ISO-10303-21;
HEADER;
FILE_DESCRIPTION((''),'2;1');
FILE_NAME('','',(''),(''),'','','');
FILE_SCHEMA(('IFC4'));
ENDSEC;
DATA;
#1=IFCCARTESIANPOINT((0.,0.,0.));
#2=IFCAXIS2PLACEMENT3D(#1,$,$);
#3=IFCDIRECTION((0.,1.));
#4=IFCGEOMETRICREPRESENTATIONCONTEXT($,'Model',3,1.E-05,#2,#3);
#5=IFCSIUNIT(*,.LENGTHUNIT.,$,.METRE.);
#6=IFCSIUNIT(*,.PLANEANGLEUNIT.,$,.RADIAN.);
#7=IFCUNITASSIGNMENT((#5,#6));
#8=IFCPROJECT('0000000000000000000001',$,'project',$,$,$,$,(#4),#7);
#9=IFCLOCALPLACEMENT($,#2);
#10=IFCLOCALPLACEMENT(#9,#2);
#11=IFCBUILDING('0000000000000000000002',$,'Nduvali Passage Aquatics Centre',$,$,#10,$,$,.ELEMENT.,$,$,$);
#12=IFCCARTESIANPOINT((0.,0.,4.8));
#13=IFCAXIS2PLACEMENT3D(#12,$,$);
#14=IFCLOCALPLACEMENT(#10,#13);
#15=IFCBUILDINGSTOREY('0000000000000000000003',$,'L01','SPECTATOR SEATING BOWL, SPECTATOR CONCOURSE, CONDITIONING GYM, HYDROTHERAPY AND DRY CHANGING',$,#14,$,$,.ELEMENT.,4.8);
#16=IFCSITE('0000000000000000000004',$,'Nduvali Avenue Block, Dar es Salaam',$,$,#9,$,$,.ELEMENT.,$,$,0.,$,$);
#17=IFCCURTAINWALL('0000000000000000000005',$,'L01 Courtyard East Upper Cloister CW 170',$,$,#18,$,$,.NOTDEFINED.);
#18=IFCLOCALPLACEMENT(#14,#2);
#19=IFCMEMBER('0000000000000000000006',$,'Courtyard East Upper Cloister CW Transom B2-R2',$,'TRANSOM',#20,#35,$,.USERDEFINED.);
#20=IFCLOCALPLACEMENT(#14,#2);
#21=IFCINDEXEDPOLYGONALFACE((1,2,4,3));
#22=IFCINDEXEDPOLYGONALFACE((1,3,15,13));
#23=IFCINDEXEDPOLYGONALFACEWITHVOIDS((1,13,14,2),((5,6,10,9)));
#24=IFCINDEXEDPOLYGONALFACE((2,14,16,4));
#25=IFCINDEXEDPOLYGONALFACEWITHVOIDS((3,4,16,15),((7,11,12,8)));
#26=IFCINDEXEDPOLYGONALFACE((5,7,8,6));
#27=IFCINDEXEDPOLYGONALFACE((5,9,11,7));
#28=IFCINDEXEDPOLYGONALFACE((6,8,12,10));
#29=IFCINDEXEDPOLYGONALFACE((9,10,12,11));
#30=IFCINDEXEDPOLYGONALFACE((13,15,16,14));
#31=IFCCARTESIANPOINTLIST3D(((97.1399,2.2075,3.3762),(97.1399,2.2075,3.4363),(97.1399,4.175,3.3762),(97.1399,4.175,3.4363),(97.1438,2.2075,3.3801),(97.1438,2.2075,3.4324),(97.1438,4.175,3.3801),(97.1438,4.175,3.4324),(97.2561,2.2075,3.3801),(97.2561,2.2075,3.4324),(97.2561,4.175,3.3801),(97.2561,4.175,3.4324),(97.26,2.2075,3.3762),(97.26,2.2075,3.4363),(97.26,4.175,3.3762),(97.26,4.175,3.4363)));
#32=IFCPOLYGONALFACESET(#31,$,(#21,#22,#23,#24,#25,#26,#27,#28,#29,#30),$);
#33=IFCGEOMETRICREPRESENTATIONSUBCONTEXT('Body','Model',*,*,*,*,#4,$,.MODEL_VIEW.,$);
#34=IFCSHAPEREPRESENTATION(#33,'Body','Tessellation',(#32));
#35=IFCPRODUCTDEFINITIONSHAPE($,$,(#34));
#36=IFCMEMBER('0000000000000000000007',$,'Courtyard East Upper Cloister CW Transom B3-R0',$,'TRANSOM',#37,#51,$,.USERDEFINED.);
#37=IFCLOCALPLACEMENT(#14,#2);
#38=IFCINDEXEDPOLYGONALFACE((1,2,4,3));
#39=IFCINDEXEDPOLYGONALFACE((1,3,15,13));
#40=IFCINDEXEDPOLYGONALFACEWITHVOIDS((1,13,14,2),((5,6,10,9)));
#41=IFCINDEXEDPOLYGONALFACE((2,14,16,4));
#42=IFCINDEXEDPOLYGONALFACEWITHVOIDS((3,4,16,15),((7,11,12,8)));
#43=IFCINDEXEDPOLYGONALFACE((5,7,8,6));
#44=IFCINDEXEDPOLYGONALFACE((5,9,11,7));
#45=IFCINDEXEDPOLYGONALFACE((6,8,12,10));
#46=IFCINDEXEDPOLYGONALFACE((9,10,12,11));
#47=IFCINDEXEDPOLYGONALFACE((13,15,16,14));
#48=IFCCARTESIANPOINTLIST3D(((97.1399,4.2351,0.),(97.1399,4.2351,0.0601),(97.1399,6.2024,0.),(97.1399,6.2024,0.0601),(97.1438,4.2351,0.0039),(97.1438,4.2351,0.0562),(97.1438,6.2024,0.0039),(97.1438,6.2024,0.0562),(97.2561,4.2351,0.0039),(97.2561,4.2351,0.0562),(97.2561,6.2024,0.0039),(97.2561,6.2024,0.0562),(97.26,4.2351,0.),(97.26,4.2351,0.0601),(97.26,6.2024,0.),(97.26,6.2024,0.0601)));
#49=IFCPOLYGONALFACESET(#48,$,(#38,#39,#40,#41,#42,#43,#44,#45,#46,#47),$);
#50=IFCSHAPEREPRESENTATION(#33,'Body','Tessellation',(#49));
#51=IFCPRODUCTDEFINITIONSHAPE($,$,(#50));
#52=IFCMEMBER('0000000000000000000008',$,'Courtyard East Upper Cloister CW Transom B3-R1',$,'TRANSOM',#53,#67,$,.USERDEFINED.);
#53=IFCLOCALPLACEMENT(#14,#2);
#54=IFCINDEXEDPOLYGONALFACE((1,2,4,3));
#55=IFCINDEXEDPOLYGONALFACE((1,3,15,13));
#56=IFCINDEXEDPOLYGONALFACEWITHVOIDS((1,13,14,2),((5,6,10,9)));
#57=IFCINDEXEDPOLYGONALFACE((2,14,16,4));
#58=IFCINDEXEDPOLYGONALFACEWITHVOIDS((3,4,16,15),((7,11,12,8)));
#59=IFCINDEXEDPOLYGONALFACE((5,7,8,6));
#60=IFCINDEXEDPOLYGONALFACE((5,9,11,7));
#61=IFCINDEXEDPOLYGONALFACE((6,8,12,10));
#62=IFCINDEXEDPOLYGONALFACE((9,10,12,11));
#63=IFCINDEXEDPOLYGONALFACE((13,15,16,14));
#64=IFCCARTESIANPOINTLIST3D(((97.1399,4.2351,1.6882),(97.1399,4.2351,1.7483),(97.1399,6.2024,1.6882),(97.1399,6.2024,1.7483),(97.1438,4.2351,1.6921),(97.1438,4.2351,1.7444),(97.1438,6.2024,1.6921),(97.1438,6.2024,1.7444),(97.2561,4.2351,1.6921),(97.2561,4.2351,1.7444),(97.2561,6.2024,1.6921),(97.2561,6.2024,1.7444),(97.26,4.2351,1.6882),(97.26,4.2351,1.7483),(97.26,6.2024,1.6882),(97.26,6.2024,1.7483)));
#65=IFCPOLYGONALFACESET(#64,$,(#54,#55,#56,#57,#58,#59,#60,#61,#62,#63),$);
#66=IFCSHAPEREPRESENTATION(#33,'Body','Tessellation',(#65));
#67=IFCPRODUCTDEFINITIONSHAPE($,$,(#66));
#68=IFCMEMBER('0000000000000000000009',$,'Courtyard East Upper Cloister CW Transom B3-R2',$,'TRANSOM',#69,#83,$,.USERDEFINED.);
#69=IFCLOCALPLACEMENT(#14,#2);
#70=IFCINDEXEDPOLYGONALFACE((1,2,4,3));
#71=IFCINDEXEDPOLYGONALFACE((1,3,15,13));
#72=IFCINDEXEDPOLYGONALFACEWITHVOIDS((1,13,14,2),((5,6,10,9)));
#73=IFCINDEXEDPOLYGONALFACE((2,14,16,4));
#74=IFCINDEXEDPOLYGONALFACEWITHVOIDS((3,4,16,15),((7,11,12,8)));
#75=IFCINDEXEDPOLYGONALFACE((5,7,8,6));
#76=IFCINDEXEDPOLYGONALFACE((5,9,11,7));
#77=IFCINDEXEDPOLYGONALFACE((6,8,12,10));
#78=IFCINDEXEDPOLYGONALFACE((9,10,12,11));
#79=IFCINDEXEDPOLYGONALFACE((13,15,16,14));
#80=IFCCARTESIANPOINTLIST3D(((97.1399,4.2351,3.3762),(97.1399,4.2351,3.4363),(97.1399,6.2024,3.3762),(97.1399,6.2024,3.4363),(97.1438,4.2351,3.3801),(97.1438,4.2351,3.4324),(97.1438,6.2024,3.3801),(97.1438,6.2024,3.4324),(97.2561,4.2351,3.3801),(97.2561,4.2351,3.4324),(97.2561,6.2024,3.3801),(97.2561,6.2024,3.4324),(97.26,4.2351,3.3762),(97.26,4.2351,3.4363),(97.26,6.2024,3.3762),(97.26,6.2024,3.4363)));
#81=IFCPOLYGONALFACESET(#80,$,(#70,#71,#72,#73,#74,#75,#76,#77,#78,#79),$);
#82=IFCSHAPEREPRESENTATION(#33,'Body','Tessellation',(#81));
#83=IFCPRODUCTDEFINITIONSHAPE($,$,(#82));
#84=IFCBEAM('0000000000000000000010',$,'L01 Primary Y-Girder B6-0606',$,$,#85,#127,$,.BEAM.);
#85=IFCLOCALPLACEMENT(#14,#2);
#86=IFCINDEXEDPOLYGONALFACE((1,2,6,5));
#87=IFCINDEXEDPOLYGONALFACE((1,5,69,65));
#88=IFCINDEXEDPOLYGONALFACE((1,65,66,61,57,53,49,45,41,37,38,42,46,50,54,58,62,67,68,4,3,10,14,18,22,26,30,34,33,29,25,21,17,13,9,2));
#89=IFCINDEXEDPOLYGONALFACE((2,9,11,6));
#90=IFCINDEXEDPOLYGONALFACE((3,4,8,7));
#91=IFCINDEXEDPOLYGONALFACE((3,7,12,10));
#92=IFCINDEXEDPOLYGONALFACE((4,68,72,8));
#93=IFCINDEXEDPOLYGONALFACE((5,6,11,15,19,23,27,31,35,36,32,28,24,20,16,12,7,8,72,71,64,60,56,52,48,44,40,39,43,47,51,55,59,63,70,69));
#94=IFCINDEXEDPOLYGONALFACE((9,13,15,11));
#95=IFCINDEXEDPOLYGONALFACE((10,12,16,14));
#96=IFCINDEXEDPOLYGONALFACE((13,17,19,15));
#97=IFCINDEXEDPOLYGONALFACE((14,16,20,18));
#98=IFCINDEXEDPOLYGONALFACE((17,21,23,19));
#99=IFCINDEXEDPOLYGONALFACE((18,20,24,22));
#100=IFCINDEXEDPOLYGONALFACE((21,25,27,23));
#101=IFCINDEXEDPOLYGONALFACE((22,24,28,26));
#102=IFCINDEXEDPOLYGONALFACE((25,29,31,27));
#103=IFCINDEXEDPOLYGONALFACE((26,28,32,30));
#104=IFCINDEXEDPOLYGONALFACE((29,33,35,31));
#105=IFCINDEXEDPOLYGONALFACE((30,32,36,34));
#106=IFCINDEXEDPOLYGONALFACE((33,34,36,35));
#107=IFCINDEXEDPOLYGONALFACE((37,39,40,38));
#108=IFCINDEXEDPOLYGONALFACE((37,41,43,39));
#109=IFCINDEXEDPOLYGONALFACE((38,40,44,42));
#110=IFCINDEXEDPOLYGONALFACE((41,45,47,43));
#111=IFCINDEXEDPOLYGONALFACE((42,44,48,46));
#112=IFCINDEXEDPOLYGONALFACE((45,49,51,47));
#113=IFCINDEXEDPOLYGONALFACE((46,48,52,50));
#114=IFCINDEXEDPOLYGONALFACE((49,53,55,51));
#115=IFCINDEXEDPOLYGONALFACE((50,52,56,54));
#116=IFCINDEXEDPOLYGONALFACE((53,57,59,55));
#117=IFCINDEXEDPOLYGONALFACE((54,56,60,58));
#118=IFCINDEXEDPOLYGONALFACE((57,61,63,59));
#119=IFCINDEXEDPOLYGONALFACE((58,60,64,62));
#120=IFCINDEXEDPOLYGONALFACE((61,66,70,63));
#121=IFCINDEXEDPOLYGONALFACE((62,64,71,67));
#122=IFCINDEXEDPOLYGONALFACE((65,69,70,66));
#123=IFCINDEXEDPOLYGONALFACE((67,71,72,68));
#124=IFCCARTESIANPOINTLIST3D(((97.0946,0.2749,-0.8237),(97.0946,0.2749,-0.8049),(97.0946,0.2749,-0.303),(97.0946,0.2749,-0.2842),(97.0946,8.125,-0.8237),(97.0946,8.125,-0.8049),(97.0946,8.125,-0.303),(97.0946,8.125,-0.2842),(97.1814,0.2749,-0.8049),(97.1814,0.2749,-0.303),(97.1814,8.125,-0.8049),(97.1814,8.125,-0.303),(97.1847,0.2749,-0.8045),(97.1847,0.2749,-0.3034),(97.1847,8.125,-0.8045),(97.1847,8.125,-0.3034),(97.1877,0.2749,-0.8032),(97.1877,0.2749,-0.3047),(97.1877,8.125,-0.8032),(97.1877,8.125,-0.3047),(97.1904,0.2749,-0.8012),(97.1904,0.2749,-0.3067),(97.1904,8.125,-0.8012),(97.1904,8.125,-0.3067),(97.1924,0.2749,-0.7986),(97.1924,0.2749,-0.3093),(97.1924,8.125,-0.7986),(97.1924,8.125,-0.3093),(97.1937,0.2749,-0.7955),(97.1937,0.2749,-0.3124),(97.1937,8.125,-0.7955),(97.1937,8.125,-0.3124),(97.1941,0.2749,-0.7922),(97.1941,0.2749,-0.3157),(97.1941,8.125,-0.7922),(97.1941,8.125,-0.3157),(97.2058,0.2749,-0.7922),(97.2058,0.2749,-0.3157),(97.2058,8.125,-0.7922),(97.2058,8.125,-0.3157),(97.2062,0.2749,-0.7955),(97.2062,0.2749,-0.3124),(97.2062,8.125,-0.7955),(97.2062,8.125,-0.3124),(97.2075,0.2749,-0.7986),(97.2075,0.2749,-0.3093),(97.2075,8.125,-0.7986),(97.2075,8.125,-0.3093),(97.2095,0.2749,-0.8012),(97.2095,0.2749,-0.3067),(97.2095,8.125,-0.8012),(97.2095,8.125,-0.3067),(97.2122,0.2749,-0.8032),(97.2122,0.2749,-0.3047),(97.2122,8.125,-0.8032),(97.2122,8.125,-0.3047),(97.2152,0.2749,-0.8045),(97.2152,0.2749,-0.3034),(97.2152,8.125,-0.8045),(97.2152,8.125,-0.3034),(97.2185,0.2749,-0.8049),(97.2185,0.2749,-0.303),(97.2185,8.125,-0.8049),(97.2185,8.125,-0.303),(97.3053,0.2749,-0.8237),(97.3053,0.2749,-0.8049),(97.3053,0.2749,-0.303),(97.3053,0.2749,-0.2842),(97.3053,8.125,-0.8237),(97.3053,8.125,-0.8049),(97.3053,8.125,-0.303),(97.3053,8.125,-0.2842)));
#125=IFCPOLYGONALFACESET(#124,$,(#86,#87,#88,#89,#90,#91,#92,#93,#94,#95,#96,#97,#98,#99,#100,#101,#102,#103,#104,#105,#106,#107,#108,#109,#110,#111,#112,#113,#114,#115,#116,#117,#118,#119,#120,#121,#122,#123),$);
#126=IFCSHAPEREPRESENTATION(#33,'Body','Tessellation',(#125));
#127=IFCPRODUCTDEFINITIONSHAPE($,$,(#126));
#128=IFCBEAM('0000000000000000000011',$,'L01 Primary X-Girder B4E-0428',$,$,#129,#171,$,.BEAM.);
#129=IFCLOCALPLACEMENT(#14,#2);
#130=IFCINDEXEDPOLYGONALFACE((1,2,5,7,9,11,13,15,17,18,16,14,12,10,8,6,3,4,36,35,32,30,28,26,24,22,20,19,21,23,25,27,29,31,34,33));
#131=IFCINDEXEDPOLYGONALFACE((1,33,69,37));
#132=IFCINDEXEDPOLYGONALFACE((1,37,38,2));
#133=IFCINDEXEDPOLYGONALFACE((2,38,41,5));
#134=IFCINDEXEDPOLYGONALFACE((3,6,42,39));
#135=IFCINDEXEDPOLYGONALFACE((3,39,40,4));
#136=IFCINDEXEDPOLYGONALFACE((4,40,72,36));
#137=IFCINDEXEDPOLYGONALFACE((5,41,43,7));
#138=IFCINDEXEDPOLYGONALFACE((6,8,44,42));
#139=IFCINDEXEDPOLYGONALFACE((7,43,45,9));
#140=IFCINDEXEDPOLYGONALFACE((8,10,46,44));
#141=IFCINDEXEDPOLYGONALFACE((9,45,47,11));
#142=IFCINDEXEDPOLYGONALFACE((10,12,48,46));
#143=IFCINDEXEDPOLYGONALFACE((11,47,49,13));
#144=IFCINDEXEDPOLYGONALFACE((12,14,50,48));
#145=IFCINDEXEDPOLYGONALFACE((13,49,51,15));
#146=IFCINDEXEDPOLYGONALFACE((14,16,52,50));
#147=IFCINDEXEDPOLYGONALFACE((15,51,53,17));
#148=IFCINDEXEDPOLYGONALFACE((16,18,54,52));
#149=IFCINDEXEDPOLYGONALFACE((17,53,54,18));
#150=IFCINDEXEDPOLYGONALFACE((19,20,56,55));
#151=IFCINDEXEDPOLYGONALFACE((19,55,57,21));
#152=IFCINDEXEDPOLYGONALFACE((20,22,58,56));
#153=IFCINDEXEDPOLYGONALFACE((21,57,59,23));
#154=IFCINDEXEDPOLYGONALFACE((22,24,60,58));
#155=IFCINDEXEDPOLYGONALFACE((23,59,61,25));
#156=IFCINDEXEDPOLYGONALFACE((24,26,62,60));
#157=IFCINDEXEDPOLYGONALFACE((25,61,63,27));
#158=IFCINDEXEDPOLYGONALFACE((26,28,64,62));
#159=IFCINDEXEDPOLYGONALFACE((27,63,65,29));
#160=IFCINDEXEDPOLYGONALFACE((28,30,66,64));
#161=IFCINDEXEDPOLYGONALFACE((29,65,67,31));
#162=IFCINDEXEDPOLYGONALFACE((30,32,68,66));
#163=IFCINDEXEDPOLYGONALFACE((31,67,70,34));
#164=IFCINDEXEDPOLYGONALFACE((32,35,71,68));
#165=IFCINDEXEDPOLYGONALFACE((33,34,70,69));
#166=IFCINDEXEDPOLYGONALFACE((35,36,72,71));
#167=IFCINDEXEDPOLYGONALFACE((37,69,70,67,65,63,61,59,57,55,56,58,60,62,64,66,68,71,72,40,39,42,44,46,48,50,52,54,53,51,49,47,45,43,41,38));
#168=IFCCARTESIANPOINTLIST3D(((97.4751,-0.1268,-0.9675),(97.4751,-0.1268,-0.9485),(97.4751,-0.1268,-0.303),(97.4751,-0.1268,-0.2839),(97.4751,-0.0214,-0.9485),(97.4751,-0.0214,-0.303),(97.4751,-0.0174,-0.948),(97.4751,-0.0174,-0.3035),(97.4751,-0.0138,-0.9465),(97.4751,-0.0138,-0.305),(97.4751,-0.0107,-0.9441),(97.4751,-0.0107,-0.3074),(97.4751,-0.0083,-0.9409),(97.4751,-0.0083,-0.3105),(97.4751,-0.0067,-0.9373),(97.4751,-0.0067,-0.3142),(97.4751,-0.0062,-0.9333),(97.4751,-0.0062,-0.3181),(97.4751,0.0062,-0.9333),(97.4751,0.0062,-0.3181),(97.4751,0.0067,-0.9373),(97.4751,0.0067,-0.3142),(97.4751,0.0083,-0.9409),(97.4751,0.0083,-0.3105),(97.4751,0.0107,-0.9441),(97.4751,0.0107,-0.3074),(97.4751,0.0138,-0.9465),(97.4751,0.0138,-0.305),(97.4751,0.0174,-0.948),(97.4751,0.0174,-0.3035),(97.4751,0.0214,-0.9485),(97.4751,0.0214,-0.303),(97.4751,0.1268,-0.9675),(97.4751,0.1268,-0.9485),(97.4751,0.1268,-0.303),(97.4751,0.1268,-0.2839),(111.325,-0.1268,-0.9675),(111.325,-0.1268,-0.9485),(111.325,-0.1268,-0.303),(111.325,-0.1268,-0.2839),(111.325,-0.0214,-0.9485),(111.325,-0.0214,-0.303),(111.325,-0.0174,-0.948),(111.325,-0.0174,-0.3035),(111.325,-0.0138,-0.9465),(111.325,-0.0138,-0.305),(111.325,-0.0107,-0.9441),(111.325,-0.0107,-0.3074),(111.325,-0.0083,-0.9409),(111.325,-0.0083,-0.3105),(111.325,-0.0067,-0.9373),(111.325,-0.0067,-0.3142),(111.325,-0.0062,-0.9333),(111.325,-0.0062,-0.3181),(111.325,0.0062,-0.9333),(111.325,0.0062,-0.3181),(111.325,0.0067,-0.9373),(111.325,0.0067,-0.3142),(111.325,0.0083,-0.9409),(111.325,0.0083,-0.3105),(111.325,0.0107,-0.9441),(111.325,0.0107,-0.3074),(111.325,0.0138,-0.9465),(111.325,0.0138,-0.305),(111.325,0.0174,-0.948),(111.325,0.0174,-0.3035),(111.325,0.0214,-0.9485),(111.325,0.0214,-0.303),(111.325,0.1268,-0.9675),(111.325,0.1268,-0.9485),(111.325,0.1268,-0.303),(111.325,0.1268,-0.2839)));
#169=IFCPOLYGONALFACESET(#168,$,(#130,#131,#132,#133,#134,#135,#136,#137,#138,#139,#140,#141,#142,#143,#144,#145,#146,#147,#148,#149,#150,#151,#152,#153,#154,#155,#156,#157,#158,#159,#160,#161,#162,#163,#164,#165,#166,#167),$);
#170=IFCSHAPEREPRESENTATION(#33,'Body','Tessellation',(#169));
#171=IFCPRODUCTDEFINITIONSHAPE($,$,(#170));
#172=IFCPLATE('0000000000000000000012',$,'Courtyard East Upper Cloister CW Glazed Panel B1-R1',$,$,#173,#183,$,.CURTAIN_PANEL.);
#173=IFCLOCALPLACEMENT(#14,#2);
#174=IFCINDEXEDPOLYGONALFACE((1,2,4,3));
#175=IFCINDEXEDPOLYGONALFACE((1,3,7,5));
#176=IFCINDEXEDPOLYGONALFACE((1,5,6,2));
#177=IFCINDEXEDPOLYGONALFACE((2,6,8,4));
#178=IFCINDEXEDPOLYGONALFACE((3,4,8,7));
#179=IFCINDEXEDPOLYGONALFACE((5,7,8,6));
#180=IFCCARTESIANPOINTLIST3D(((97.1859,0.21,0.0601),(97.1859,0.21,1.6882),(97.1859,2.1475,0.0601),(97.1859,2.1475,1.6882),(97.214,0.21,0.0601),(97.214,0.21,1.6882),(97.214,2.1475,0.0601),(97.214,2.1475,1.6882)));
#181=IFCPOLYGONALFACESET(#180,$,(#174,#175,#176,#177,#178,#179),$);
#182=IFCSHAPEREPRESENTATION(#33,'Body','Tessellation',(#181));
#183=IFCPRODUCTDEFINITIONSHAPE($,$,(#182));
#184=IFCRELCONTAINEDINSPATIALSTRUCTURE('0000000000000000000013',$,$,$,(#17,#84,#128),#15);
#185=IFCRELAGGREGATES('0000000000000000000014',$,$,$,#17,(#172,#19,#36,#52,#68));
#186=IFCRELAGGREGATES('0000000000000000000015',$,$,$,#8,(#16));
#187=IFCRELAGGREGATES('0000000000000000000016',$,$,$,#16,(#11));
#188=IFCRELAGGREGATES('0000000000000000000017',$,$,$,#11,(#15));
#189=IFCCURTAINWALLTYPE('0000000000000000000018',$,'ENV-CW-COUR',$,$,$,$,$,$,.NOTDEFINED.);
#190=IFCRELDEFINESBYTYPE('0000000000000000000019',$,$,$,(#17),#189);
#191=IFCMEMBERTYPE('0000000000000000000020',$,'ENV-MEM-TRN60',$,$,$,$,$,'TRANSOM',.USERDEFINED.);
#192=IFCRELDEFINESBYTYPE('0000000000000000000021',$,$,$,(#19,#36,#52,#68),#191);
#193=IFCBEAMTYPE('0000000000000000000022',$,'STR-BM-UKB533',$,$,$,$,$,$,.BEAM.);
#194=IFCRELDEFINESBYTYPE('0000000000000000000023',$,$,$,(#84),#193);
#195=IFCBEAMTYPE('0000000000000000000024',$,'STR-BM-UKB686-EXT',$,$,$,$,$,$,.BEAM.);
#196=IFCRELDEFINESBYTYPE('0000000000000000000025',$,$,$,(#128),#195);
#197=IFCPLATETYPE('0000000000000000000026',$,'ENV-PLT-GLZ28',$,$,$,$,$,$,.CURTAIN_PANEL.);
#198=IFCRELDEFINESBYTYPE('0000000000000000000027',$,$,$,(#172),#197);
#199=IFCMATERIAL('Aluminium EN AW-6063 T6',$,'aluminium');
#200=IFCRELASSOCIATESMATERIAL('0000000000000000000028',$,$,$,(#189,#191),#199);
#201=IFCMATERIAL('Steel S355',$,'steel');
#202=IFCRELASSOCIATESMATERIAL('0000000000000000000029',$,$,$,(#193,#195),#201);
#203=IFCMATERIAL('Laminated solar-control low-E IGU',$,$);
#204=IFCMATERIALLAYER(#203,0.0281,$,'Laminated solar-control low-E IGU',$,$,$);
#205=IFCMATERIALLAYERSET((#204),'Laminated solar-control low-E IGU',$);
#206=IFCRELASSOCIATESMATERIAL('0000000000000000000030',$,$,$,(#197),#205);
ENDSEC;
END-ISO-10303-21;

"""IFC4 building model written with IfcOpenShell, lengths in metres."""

from ifc_helpers import new_model, si_unit, direction, frame, origin, origin_2d, place, context, subcontext, project, spatial, rectangle, hollow_rectangle, i_section, extrude, material, layer, layer_set, material_profile, profile_set, type_object, element, aggregate, save


model = new_model("IFC4")

# Units and contexts
model_context = context("Model", 3, precision=1e-05, world=origin(), true_north=direction((0.0, 1.0)))
body_context = subcontext(model_context, "Body", "Model", "MODEL_VIEW")
ifc_project = project(units=[si_unit("LENGTHUNIT", "METRE"), si_unit("PLANEANGLEUNIT", "RADIAN")], contexts=[model_context])

# Site, building, storey
site_placement = place(None, origin())
site = spatial("IfcSite", under=ifc_project, at=site_placement, Name="Nduvali Avenue Block, Dar es Salaam", CompositionType="ELEMENT", RefElevation=0.0)
building_placement = place(site_placement, origin())
building = spatial("IfcBuilding", under=site, at=building_placement, Name="Nduvali Passage Aquatics Centre", CompositionType="ELEMENT")
storey_placement = place(building_placement, frame((0.0, 0.0, 4.8)))
storey = spatial("IfcBuildingStorey", under=building, at=storey_placement, Name="L01", Description="SPECTATOR SEATING BOWL, SPECTATOR CONCOURSE, CONDITIONING GYM, HYDROTHERAPY AND DRY CHANGING", CompositionType="ELEMENT", Elevation=4.8)

# Shared definitions
ifc_material_1 = material(Name="Steel S355", Category="steel")

# Curtain wall, members
ifc_material_2 = material(Name="Aluminium EN AW-6063 T6", Category="aluminium")
curtain_wall_type = type_object("IfcCurtainWallType", Name="ENV-CW-COUR", PredefinedType="NOTDEFINED", material=ifc_material_2)
curtain_wall_placement = place(storey_placement, origin())
curtain_wall = element("IfcCurtainWall", 1, at=curtain_wall_placement, inside=storey, type_object=curtain_wall_type, Name="L01 Courtyard East Upper Cloister CW 170", PredefinedType="NOTDEFINED")
ifc_material_profile_1 = material_profile(ifc_material_2, hollow_rectangle(XDim=0.1201, YDim=0.0601, WallThickness=0.0039, at=origin_2d()), Name="ALU TRANSOM 120x60x4")
ifc_profile_set_1 = profile_set([ifc_material_profile_1], Name="Aluminium EN AW-6063 T6")
member_type_1 = type_object("IfcMemberType", Name="ENV-MEM-TRN60", ElementType="TRANSOM", PredefinedType="USERDEFINED", material=ifc_profile_set_1)
member_1_placement = place(storey_placement, frame((97.2, 2.2075, 3.4062), z_axis=(0.0, 1.0, 0.0), x_axis=(-1.0, 0.0, 0.0)))
member_1 = element("IfcMember", 2, at=member_1_placement, type_object=member_type_1, Name="Courtyard East Upper Cloister CW Transom B2-R2", ObjectType="TRANSOM", PredefinedType="USERDEFINED", context=body_context, shape_type="SweptSolid", body=[
    extrude(hollow_rectangle(XDim=0.1201, YDim=0.0601, WallThickness=0.0039, at=origin_2d()), origin(), (0.0, 0.0, 1.0), 1.9675),
])
member_2_placement = place(storey_placement, frame((97.2, 4.2351, 0.03), z_axis=(0.0, 1.0, 0.0), x_axis=(-1.0, 0.0, 0.0)))
member_2 = element("IfcMember", 3, at=member_2_placement, type_object=member_type_1, Name="Courtyard East Upper Cloister CW Transom B3-R0", ObjectType="TRANSOM", PredefinedType="USERDEFINED", context=body_context, shape_type="SweptSolid", body=[
    extrude(hollow_rectangle(XDim=0.1201, YDim=0.0601, WallThickness=0.0039, at=origin_2d()), origin(), (0.0, 0.0, 1.0), 1.9673),
])
member_3_placement = place(storey_placement, frame((97.2, 4.2351, 1.7183), z_axis=(0.0, 1.0, 0.0), x_axis=(-1.0, 0.0, 0.0)))
member_3 = element("IfcMember", 4, at=member_3_placement, type_object=member_type_1, Name="Courtyard East Upper Cloister CW Transom B3-R1", ObjectType="TRANSOM", PredefinedType="USERDEFINED", context=body_context, shape_type="SweptSolid", body=[
    extrude(hollow_rectangle(XDim=0.1201, YDim=0.0601, WallThickness=0.0039, at=origin_2d()), origin(), (0.0, 0.0, 1.0), 1.9673),
])
member_4_placement = place(storey_placement, frame((97.2, 4.2351, 3.4062), z_axis=(0.0, 1.0, 0.0), x_axis=(-1.0, 0.0, 0.0)))
member_4 = element("IfcMember", 5, at=member_4_placement, type_object=member_type_1, Name="Courtyard East Upper Cloister CW Transom B3-R2", ObjectType="TRANSOM", PredefinedType="USERDEFINED", context=body_context, shape_type="SweptSolid", body=[
    extrude(hollow_rectangle(XDim=0.1201, YDim=0.0601, WallThickness=0.0039, at=origin_2d()), origin(), (0.0, 0.0, 1.0), 1.9673),
])

# Beams
ifc_material_profile_2 = material_profile(ifc_material_1, i_section(OverallWidth=0.2107, OverallDepth=0.5396, WebThickness=0.0117, FlangeThickness=0.0188, FilletRadius=0.0127, at=origin_2d()), Name="UKB 533x210x109")
ifc_profile_set_2 = profile_set([ifc_material_profile_2], Name="Steel S355")
beam_type_1 = type_object("IfcBeamType", Name="STR-BM-UKB533", PredefinedType="BEAM", material=ifc_profile_set_2)
beam_1_placement = place(storey_placement, frame((97.2, 0.2749, -0.554), z_axis=(0.0, 1.0, 0.0), x_axis=(-1.0, 0.0, 0.0)))
element("IfcBeam", 6, at=beam_1_placement, inside=storey, type_object=beam_type_1, Name="L01 Primary Y-Girder B6-0606", PredefinedType="BEAM", context=body_context, shape_type="SweptSolid", body=[
    extrude(i_section(OverallWidth=0.2107, OverallDepth=0.5396, WebThickness=0.0117, FlangeThickness=0.0188, FilletRadius=0.0127, at=origin_2d()), origin(), (0.0, 0.0, 1.0), 7.8501),
])
ifc_material_profile_3 = material_profile(ifc_material_1, i_section(OverallWidth=0.2537, OverallDepth=0.6836, WebThickness=0.0125, FlangeThickness=0.019, FilletRadius=0.0151, at=origin_2d()), Name="UKB 686x254x140")
ifc_profile_set_3 = profile_set([ifc_material_profile_3], Name="Steel S355")
beam_type_2 = type_object("IfcBeamType", Name="STR-BM-UKB686-EXT", PredefinedType="BEAM", material=ifc_profile_set_3)
beam_2_placement = place(storey_placement, frame((97.4751, 0.0, -0.6257), z_axis=(1.0, 0.0, 0.0), x_axis=(0.0, 1.0, 0.0)))
element("IfcBeam", 7, at=beam_2_placement, inside=storey, type_object=beam_type_2, Name="L01 Primary X-Girder B4E-0428", PredefinedType="BEAM", context=body_context, shape_type="SweptSolid", body=[
    extrude(i_section(OverallWidth=0.2537, OverallDepth=0.6836, WebThickness=0.0125, FlangeThickness=0.019, FilletRadius=0.0151, at=origin_2d()), origin(), (0.0, 0.0, 1.0), 13.8499),
])

# Plate
ifc_material_3 = material(Name="Laminated solar-control low-E IGU")
ifc_layer_1 = layer(ifc_material_3, 0.0281, Name="Laminated solar-control low-E IGU")
ifc_layer_set_1 = layer_set([ifc_layer_1], Name="Laminated solar-control low-E IGU")
plate_type = type_object("IfcPlateType", Name="ENV-PLT-GLZ28", PredefinedType="CURTAIN_PANEL", material=ifc_layer_set_1)
plate_1_placement = place(storey_placement, frame((97.2, 1.1787, 0.0601), z_axis=(0.0, 0.0, 1.0), x_axis=(0.0, 1.0, 0.0)))
plate_1 = element("IfcPlate", 8, at=plate_1_placement, type_object=plate_type, Name="Courtyard East Upper Cloister CW Glazed Panel B1-R1", PredefinedType="CURTAIN_PANEL", context=body_context, shape_type="SweptSolid", body=[
    extrude(rectangle(XDim=1.9375, YDim=0.0281, at=origin_2d()), origin(), (0.0, 0.0, 1.0), 1.6282),
])
aggregate(curtain_wall, [plate_1, member_1, member_2, member_3, member_4])

save(model, "model.ifc")
